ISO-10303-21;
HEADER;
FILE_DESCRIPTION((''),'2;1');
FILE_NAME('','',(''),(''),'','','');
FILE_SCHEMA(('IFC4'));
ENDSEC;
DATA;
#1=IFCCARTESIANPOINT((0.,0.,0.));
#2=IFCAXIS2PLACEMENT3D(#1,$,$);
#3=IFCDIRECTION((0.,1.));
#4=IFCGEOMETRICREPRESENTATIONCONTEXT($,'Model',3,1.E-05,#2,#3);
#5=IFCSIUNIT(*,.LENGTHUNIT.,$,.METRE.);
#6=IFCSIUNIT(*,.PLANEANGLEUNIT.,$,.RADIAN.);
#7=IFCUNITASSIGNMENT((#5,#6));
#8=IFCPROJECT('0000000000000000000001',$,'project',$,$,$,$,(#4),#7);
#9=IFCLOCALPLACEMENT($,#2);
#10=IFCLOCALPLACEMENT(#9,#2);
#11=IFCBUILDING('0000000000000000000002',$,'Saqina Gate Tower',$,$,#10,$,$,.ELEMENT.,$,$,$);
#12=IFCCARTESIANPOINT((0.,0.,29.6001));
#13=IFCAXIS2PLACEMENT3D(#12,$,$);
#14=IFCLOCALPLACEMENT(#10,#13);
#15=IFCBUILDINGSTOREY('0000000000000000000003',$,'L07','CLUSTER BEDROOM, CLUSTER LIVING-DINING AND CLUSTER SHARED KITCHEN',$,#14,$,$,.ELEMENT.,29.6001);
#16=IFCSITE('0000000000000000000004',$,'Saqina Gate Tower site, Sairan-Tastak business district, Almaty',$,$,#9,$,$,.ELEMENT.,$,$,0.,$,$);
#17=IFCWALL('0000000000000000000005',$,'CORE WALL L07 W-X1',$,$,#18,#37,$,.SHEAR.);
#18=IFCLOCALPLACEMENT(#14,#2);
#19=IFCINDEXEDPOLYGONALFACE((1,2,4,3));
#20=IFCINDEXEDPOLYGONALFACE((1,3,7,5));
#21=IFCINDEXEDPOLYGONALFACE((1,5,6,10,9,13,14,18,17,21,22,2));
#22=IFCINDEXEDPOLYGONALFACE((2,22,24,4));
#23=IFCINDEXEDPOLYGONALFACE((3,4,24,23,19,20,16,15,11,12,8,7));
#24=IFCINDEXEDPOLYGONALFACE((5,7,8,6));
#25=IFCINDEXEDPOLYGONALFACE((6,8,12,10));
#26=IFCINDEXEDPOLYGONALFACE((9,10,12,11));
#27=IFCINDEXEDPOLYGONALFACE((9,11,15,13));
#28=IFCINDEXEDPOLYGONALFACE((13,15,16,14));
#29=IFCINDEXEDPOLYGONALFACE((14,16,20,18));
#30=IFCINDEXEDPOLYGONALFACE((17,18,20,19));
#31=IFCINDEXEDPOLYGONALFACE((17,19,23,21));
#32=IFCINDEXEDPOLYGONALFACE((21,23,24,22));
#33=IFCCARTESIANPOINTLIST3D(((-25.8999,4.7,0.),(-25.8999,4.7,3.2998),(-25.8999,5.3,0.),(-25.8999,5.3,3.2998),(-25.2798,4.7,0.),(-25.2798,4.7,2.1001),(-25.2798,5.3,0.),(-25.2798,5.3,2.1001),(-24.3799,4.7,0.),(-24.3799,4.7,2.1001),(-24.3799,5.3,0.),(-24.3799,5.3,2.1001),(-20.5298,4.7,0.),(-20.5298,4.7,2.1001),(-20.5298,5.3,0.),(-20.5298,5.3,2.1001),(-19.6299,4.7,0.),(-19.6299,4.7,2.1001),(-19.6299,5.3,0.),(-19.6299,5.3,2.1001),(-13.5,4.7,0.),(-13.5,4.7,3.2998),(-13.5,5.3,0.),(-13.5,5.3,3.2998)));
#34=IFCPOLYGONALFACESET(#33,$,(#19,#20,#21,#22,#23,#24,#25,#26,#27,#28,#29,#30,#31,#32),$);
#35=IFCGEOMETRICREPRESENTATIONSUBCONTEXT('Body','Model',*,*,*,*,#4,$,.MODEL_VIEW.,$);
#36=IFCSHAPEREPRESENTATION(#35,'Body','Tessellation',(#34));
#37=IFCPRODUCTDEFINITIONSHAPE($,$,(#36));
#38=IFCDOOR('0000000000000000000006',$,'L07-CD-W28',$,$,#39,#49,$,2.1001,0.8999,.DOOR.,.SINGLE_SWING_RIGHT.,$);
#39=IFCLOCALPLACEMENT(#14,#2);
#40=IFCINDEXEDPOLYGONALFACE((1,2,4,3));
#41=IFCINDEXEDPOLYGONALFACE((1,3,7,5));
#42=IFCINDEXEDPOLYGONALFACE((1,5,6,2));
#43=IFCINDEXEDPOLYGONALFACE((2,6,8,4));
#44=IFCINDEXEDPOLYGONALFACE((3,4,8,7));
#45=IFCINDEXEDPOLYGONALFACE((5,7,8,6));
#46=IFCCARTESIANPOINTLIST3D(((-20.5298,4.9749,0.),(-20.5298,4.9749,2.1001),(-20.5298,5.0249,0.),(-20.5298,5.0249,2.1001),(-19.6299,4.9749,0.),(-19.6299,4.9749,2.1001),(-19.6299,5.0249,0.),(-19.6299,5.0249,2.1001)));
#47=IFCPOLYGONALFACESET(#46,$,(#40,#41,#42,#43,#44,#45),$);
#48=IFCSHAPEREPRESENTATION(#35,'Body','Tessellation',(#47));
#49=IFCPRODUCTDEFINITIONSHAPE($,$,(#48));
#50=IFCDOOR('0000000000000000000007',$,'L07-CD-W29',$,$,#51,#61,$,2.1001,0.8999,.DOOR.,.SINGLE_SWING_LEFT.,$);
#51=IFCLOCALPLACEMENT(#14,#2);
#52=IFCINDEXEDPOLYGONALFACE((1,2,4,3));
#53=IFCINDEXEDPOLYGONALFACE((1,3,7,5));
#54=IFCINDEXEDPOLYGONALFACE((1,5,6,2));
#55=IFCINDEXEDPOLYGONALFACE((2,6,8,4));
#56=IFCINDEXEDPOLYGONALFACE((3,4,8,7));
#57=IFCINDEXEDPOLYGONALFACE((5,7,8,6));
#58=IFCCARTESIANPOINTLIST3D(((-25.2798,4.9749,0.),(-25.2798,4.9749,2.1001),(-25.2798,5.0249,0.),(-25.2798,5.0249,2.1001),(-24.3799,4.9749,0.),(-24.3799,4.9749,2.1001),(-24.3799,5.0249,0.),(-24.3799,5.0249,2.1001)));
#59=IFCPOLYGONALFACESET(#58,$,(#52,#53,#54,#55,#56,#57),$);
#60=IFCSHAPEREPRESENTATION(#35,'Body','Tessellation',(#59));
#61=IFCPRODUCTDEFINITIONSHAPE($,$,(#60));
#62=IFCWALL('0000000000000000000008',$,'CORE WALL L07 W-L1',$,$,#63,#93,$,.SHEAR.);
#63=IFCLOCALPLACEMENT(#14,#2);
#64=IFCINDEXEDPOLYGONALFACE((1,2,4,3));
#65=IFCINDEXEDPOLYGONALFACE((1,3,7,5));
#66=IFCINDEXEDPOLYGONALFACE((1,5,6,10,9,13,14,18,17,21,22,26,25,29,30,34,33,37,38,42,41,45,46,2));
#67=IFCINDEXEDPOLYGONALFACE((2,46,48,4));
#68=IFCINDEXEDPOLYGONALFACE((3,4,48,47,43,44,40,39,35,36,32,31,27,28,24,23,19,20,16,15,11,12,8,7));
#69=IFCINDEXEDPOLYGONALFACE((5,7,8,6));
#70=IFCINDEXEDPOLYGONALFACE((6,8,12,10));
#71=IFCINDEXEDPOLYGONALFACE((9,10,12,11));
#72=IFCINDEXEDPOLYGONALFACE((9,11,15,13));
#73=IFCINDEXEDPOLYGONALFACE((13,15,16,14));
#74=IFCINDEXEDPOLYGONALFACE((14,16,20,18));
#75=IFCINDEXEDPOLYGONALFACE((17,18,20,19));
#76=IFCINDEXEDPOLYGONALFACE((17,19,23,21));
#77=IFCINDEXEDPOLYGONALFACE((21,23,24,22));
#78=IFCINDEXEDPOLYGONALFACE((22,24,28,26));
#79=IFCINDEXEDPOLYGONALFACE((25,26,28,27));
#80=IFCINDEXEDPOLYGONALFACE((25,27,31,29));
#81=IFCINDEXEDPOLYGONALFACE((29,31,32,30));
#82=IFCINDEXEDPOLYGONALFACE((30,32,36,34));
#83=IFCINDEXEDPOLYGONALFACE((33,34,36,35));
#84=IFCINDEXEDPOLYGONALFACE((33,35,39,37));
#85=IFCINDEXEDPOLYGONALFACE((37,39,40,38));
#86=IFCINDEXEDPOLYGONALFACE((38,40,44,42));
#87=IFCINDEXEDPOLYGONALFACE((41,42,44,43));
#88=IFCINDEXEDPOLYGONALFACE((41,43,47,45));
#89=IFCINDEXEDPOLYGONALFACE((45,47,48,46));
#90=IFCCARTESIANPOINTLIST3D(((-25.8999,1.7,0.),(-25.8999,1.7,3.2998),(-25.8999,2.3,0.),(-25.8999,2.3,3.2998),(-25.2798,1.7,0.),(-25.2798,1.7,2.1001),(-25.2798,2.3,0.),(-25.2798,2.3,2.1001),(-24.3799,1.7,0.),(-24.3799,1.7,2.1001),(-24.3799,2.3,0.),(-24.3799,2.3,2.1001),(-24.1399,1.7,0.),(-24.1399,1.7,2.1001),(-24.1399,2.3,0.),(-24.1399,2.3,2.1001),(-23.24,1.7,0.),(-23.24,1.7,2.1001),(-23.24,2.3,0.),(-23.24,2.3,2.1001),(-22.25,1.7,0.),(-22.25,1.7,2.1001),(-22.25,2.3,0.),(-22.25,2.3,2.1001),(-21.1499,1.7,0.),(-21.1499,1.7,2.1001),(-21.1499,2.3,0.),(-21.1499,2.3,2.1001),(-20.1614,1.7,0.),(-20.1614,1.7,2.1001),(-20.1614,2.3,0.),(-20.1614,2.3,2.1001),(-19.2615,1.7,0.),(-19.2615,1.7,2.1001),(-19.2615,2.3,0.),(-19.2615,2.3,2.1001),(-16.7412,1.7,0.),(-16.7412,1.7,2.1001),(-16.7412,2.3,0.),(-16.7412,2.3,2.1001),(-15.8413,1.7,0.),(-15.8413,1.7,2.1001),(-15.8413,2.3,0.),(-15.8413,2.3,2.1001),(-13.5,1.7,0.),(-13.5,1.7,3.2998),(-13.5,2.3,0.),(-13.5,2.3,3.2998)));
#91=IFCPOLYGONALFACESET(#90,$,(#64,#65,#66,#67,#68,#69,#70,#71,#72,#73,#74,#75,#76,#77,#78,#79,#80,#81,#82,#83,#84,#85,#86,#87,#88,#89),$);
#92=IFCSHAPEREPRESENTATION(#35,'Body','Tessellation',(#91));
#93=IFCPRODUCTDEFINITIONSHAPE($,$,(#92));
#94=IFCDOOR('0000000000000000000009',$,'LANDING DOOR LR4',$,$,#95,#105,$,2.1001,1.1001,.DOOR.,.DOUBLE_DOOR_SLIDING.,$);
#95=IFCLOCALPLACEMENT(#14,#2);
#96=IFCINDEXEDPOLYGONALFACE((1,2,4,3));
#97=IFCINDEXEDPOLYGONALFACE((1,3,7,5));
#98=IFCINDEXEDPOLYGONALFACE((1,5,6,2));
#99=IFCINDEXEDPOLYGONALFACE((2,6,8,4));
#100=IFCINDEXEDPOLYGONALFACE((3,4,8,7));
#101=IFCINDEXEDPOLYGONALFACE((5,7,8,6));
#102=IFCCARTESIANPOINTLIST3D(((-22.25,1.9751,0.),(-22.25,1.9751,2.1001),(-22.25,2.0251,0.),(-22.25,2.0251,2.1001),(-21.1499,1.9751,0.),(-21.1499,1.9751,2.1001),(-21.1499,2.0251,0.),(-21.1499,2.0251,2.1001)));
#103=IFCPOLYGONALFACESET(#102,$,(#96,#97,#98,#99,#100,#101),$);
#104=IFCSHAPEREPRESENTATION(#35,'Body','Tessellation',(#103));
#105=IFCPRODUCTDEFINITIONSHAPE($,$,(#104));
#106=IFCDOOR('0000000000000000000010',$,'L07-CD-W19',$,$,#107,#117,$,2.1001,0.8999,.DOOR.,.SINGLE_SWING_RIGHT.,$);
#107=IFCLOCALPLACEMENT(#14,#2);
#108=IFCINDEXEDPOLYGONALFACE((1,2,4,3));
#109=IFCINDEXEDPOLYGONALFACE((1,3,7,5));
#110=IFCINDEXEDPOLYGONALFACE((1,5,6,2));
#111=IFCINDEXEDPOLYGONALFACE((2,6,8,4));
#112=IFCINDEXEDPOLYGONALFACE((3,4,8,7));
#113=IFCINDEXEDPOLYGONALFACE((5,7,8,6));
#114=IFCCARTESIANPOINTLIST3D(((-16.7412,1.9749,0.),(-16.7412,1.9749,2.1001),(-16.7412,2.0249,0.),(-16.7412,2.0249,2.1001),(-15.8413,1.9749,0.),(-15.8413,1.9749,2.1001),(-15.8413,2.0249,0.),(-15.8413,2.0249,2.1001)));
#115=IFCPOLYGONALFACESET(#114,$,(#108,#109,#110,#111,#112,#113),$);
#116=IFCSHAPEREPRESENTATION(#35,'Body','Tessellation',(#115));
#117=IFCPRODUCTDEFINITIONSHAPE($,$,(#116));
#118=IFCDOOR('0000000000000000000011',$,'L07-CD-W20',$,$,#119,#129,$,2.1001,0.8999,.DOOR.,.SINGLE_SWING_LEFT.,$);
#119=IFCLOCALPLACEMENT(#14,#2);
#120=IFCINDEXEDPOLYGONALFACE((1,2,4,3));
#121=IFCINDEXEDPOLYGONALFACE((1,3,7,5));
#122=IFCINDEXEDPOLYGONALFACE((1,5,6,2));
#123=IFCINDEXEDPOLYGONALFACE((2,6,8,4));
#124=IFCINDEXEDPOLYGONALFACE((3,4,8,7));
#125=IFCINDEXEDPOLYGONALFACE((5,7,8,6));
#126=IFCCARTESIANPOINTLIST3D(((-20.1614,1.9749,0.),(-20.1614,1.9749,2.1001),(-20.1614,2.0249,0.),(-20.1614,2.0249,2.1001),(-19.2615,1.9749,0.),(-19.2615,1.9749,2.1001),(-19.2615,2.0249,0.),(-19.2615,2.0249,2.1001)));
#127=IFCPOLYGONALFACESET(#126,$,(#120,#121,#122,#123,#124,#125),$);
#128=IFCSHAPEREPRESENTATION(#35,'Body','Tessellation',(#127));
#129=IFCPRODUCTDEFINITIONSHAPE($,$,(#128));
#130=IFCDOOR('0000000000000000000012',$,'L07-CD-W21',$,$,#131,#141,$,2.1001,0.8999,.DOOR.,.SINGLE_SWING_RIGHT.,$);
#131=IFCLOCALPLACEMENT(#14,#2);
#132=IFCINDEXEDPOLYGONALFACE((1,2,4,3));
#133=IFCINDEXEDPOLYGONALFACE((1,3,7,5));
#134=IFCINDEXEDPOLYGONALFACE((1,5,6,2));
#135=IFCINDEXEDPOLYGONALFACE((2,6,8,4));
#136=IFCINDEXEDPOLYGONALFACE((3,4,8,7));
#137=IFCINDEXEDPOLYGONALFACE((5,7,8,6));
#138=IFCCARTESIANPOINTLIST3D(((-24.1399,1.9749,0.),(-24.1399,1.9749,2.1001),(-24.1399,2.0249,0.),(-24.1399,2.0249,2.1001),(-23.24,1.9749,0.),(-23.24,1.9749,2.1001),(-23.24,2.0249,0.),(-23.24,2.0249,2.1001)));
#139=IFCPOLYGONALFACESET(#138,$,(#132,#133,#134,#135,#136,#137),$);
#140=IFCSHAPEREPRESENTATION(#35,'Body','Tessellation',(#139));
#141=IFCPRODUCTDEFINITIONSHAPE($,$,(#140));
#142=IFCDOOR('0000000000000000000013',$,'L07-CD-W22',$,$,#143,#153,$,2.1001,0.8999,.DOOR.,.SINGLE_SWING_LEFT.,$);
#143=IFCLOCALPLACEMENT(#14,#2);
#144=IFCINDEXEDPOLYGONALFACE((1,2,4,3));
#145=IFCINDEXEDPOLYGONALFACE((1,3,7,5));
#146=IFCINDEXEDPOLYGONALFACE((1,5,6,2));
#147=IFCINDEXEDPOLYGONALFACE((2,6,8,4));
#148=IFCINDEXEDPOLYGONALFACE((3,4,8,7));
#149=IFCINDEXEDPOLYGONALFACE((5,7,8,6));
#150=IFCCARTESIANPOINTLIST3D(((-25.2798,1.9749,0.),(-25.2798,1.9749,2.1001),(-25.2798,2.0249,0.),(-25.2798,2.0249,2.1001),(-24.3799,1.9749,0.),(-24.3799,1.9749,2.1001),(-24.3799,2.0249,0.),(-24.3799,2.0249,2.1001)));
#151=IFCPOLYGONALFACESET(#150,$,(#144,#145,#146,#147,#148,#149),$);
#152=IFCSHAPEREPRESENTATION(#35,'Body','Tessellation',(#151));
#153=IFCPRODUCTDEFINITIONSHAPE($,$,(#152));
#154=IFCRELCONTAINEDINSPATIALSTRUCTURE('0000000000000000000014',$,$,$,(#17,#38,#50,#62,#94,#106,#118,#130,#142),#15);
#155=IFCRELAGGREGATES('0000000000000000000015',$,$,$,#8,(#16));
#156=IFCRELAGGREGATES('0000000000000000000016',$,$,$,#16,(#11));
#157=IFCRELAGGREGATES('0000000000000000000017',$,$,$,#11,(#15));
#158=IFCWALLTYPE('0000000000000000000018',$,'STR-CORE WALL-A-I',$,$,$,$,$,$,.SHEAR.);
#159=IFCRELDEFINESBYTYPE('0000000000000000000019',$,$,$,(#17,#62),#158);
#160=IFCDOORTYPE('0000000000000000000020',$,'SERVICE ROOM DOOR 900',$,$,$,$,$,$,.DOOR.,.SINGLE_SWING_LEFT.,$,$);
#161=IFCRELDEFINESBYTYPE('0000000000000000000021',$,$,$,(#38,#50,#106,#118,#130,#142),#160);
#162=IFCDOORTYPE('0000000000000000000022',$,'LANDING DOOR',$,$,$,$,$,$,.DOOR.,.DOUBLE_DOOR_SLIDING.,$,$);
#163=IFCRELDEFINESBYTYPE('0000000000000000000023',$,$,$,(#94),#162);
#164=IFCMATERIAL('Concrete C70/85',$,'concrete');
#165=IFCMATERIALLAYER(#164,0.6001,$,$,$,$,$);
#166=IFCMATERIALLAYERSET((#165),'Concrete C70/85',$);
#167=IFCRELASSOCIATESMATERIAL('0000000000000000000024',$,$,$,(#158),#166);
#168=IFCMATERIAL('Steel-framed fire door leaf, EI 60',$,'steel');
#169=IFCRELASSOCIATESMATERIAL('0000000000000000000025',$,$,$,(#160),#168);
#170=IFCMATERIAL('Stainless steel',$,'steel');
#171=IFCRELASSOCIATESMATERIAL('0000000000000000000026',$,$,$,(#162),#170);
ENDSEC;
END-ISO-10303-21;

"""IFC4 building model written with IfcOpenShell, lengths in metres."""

from ifc_helpers import new_model, si_unit, direction, frame, frame_2d, origin, place, context, subcontext, project, spatial, rectangle, extrude, material, layer, layer_set, type_object, element, fill, save


model = new_model("IFC4")

# Units and contexts
model_context = context("Model", 3, precision=1e-05, world=origin(), true_north=direction((0.0, 1.0)))
body_context = subcontext(model_context, "Body", "Model", "MODEL_VIEW")
ifc_project = project(units=[si_unit("LENGTHUNIT", "METRE"), si_unit("PLANEANGLEUNIT", "RADIAN")], contexts=[model_context])

# Site, building, storey
site_placement = place(None, origin())
site = spatial("IfcSite", under=ifc_project, at=site_placement, Name="Saqina Gate Tower site, Sairan-Tastak business district, Almaty", CompositionType="ELEMENT", RefElevation=0.0)
building_placement = place(site_placement, origin())
building = spatial("IfcBuilding", under=site, at=building_placement, Name="Saqina Gate Tower", CompositionType="ELEMENT")
storey_placement = place(building_placement, frame((0.0, 0.0, 29.6001)))
storey = spatial("IfcBuildingStorey", under=building, at=storey_placement, Name="L07", Description="CLUSTER BEDROOM, CLUSTER LIVING-DINING AND CLUSTER SHARED KITCHEN", CompositionType="ELEMENT", Elevation=29.6001)

# Walls, openings, doors
ifc_material_1 = material(Name="Concrete C70/85", Category="concrete")
ifc_layer_1 = layer(ifc_material_1, 0.6001)
ifc_layer_set_1 = layer_set([ifc_layer_1], Name="Concrete C70/85")
wall_type_1 = type_object("IfcWallType", Name="STR-CORE WALL-A-I", PredefinedType="SHEAR", material=ifc_layer_set_1)
wall_1_placement = place(storey_placement, frame((-13.5, 5.0, 0.0), z_axis=(0.0, 0.0, 1.0), x_axis=(-1.0, 0.0, 0.0)))
wall_1 = element("IfcWall", 1, at=wall_1_placement, inside=storey, type_object=wall_type_1, Name="CORE WALL L07 W-X1", PredefinedType="SHEAR", context=body_context, shape_type="SweptSolid", body=[
    extrude(rectangle(XDim=12.3999, YDim=0.6001, at=frame_2d((6.2, 0.0))), origin(), (0.0, 0.0, 1.0), 3.2998),
])
opening_1_placement = place(wall_1_placement, frame((6.1299, 0.0, 0.0)))
opening_1 = element("IfcOpeningElement", 2, at=opening_1_placement, cuts=wall_1, PredefinedType="OPENING", context=body_context, shape_type="SweptSolid", body=[
    extrude(rectangle(XDim=0.8999, YDim=2.1001, at=frame_2d((0.45, 1.05))), frame((0.0, 0.312, 0.0), z_axis=(0.0, -1.0, 0.0), x_axis=(1.0, 0.0, 0.0)), (0.0, 0.0, 1.0), 0.624),
])
opening_2_placement = place(wall_1_placement, frame((10.8799, 0.0, 0.0)))
opening_2 = element("IfcOpeningElement", 3, at=opening_2_placement, cuts=wall_1, PredefinedType="OPENING", context=body_context, shape_type="SweptSolid", body=[
    extrude(rectangle(XDim=0.8999, YDim=2.1001, at=frame_2d((0.45, 1.05))), frame((0.0, 0.312, 0.0), z_axis=(0.0, -1.0, 0.0), x_axis=(1.0, 0.0, 0.0)), (0.0, 0.0, 1.0), 0.624),
])
ifc_material_2 = material(Name="Steel-framed fire door leaf, EI 60", Category="steel")
door_type_1 = type_object("IfcDoorType", Name="SERVICE ROOM DOOR 900", OperationType="SINGLE_SWING_LEFT", PredefinedType="DOOR", material=ifc_material_2)
door_1_placement = place(opening_1_placement, frame((0.8999, 0.0, 0.0), z_axis=(0.0, 0.0, 1.0), x_axis=(-1.0, 0.0, 0.0)))
door_1 = element("IfcDoor", 4, at=door_1_placement, inside=storey, type_object=door_type_1, Name="L07-CD-W28", OperationType="SINGLE_SWING_RIGHT", OverallHeight=2.1001, OverallWidth=0.8999, PredefinedType="DOOR", context=body_context, shape_type="SweptSolid", body=[
    extrude(rectangle(XDim=0.8999, YDim=2.1001, at=frame_2d((0.45, 1.05))), frame((0.0, 0.0249, 0.0), z_axis=(0.0, -1.0, 0.0), x_axis=(1.0, 0.0, 0.0)), (0.0, 0.0, 1.0), 0.05),
])
fill(opening_1, door_1)
door_2_placement = place(opening_2_placement, frame((0.8999, 0.0, 0.0), z_axis=(0.0, 0.0, 1.0), x_axis=(-1.0, 0.0, 0.0)))
door_2 = element("IfcDoor", 5, at=door_2_placement, inside=storey, type_object=door_type_1, Name="L07-CD-W29", OperationType="SINGLE_SWING_LEFT", OverallHeight=2.1001, OverallWidth=0.8999, PredefinedType="DOOR", context=body_context, shape_type="SweptSolid", body=[
    extrude(rectangle(XDim=0.8999, YDim=2.1001, at=frame_2d((0.45, 1.05))), frame((0.0, 0.0249, 0.0), z_axis=(0.0, -1.0, 0.0), x_axis=(1.0, 0.0, 0.0)), (0.0, 0.0, 1.0), 0.05),
])
fill(opening_2, door_2)
wall_2_placement = place(storey_placement, frame((-13.5, 2.0, 0.0), z_axis=(0.0, 0.0, 1.0), x_axis=(-1.0, 0.0, 0.0)))
wall_2 = element("IfcWall", 6, at=wall_2_placement, inside=storey, type_object=wall_type_1, Name="CORE WALL L07 W-L1", PredefinedType="SHEAR", context=body_context, shape_type="SweptSolid", body=[
    extrude(rectangle(XDim=12.3999, YDim=0.6001, at=frame_2d((6.2, 0.0))), origin(), (0.0, 0.0, 1.0), 3.2998),
])
opening_3_placement = place(wall_2_placement, frame((7.6499, 0.0, 0.0)))
opening_3 = element("IfcOpeningElement", 7, at=opening_3_placement, cuts=wall_2, PredefinedType="OPENING", context=body_context, shape_type="SweptSolid", body=[
    extrude(rectangle(XDim=1.1001, YDim=2.1001, at=frame_2d((0.55, 1.05))), frame((0.0, 0.312, 0.0), z_axis=(0.0, -1.0, 0.0), x_axis=(1.0, 0.0, 0.0)), (0.0, 0.0, 1.0), 0.624),
])
opening_4_placement = place(wall_2_placement, frame((2.3413, 0.0, 0.0)))
opening_4 = element("IfcOpeningElement", 8, at=opening_4_placement, cuts=wall_2, PredefinedType="OPENING", context=body_context, shape_type="SweptSolid", body=[
    extrude(rectangle(XDim=0.8999, YDim=2.1001, at=frame_2d((0.45, 1.05))), frame((0.0, 0.312, 0.0), z_axis=(0.0, -1.0, 0.0), x_axis=(1.0, 0.0, 0.0)), (0.0, 0.0, 1.0), 0.624),
])
opening_5_placement = place(wall_2_placement, frame((5.7615, 0.0, 0.0)))
opening_5 = element("IfcOpeningElement", 9, at=opening_5_placement, cuts=wall_2, PredefinedType="OPENING", context=body_context, shape_type="SweptSolid", body=[
    extrude(rectangle(XDim=0.8999, YDim=2.1001, at=frame_2d((0.45, 1.05))), frame((0.0, 0.312, 0.0), z_axis=(0.0, -1.0, 0.0), x_axis=(1.0, 0.0, 0.0)), (0.0, 0.0, 1.0), 0.624),
])
opening_6_placement = place(wall_2_placement, frame((9.74, 0.0, 0.0)))
opening_6 = element("IfcOpeningElement", 10, at=opening_6_placement, cuts=wall_2, PredefinedType="OPENING", context=body_context, shape_type="SweptSolid", body=[
    extrude(rectangle(XDim=0.8999, YDim=2.1001, at=frame_2d((0.45, 1.05))), frame((0.0, 0.312, 0.0), z_axis=(0.0, -1.0, 0.0), x_axis=(1.0, 0.0, 0.0)), (0.0, 0.0, 1.0), 0.624),
])
opening_7_placement = place(wall_2_placement, frame((10.8799, 0.0, 0.0)))
opening_7 = element("IfcOpeningElement", 11, at=opening_7_placement, cuts=wall_2, PredefinedType="OPENING", context=body_context, shape_type="SweptSolid", body=[
    extrude(rectangle(XDim=0.8999, YDim=2.1001, at=frame_2d((0.45, 1.05))), frame((0.0, 0.312, 0.0), z_axis=(0.0, -1.0, 0.0), x_axis=(1.0, 0.0, 0.0)), (0.0, 0.0, 1.0), 0.624),
])
ifc_material_3 = material(Name="Stainless steel", Category="steel")
door_type_2 = type_object("IfcDoorType", Name="LANDING DOOR", OperationType="DOUBLE_DOOR_SLIDING", PredefinedType="DOOR", material=ifc_material_3)
door_3_placement = place(opening_3_placement, origin())
door_3 = element("IfcDoor", 12, at=door_3_placement, inside=storey, type_object=door_type_2, Name="LANDING DOOR LR4", OperationType="DOUBLE_DOOR_SLIDING", OverallHeight=2.1001, OverallWidth=1.1001, PredefinedType="DOOR", context=body_context, shape_type="SweptSolid", body=[
    extrude(rectangle(XDim=1.1001, YDim=2.1001, at=frame_2d((0.55, 1.05))), frame((0.0, 0.0249, 0.0), z_axis=(0.0, -1.0, 0.0), x_axis=(1.0, 0.0, 0.0)), (0.0, 0.0, 1.0), 0.05),
])
fill(opening_3, door_3)
door_4_placement = place(opening_4_placement, frame((0.8999, 0.0, 0.0), z_axis=(0.0, 0.0, 1.0), x_axis=(-1.0, 0.0, 0.0)))
door_4 = element("IfcDoor", 13, at=door_4_placement, inside=storey, type_object=door_type_1, Name="L07-CD-W19", OperationType="SINGLE_SWING_RIGHT", OverallHeight=2.1001, OverallWidth=0.8999, PredefinedType="DOOR", context=body_context, shape_type="SweptSolid", body=[
    extrude(rectangle(XDim=0.8999, YDim=2.1001, at=frame_2d((0.45, 1.05))), frame((0.0, 0.0249, 0.0), z_axis=(0.0, -1.0, 0.0), x_axis=(1.0, 0.0, 0.0)), (0.0, 0.0, 1.0), 0.05),
])
fill(opening_4, door_4)
door_5_placement = place(opening_5_placement, frame((0.8999, 0.0, 0.0), z_axis=(0.0, 0.0, 1.0), x_axis=(-1.0, 0.0, 0.0)))
door_5 = element("IfcDoor", 14, at=door_5_placement, inside=storey, type_object=door_type_1, Name="L07-CD-W20", OperationType="SINGLE_SWING_LEFT", OverallHeight=2.1001, OverallWidth=0.8999, PredefinedType="DOOR", context=body_context, shape_type="SweptSolid", body=[
    extrude(rectangle(XDim=0.8999, YDim=2.1001, at=frame_2d((0.45, 1.05))), frame((0.0, 0.0249, 0.0), z_axis=(0.0, -1.0, 0.0), x_axis=(1.0, 0.0, 0.0)), (0.0, 0.0, 1.0), 0.05),
])
fill(opening_5, door_5)
door_6_placement = place(opening_6_placement, frame((0.8999, 0.0, 0.0), z_axis=(0.0, 0.0, 1.0), x_axis=(-1.0, 0.0, 0.0)))
door_6 = element("IfcDoor", 15, at=door_6_placement, inside=storey, type_object=door_type_1, Name="L07-CD-W21", OperationType="SINGLE_SWING_RIGHT", OverallHeight=2.1001, OverallWidth=0.8999, PredefinedType="DOOR", context=body_context, shape_type="SweptSolid", body=[
    extrude(rectangle(XDim=0.8999, YDim=2.1001, at=frame_2d((0.45, 1.05))), frame((0.0, 0.0249, 0.0), z_axis=(0.0, -1.0, 0.0), x_axis=(1.0, 0.0, 0.0)), (0.0, 0.0, 1.0), 0.05),
])
fill(opening_6, door_6)
door_7_placement = place(opening_7_placement, frame((0.8999, 0.0, 0.0), z_axis=(0.0, 0.0, 1.0), x_axis=(-1.0, 0.0, 0.0)))
door_7 = element("IfcDoor", 16, at=door_7_placement, inside=storey, type_object=door_type_1, Name="L07-CD-W22", OperationType="SINGLE_SWING_LEFT", OverallHeight=2.1001, OverallWidth=0.8999, PredefinedType="DOOR", context=body_context, shape_type="SweptSolid", body=[
    extrude(rectangle(XDim=0.8999, YDim=2.1001, at=frame_2d((0.45, 1.05))), frame((0.0, 0.0249, 0.0), z_axis=(0.0, -1.0, 0.0), x_axis=(1.0, 0.0, 0.0)), (0.0, 0.0, 1.0), 0.05),
])
fill(opening_7, door_7)

save(model, "model.ifc")
